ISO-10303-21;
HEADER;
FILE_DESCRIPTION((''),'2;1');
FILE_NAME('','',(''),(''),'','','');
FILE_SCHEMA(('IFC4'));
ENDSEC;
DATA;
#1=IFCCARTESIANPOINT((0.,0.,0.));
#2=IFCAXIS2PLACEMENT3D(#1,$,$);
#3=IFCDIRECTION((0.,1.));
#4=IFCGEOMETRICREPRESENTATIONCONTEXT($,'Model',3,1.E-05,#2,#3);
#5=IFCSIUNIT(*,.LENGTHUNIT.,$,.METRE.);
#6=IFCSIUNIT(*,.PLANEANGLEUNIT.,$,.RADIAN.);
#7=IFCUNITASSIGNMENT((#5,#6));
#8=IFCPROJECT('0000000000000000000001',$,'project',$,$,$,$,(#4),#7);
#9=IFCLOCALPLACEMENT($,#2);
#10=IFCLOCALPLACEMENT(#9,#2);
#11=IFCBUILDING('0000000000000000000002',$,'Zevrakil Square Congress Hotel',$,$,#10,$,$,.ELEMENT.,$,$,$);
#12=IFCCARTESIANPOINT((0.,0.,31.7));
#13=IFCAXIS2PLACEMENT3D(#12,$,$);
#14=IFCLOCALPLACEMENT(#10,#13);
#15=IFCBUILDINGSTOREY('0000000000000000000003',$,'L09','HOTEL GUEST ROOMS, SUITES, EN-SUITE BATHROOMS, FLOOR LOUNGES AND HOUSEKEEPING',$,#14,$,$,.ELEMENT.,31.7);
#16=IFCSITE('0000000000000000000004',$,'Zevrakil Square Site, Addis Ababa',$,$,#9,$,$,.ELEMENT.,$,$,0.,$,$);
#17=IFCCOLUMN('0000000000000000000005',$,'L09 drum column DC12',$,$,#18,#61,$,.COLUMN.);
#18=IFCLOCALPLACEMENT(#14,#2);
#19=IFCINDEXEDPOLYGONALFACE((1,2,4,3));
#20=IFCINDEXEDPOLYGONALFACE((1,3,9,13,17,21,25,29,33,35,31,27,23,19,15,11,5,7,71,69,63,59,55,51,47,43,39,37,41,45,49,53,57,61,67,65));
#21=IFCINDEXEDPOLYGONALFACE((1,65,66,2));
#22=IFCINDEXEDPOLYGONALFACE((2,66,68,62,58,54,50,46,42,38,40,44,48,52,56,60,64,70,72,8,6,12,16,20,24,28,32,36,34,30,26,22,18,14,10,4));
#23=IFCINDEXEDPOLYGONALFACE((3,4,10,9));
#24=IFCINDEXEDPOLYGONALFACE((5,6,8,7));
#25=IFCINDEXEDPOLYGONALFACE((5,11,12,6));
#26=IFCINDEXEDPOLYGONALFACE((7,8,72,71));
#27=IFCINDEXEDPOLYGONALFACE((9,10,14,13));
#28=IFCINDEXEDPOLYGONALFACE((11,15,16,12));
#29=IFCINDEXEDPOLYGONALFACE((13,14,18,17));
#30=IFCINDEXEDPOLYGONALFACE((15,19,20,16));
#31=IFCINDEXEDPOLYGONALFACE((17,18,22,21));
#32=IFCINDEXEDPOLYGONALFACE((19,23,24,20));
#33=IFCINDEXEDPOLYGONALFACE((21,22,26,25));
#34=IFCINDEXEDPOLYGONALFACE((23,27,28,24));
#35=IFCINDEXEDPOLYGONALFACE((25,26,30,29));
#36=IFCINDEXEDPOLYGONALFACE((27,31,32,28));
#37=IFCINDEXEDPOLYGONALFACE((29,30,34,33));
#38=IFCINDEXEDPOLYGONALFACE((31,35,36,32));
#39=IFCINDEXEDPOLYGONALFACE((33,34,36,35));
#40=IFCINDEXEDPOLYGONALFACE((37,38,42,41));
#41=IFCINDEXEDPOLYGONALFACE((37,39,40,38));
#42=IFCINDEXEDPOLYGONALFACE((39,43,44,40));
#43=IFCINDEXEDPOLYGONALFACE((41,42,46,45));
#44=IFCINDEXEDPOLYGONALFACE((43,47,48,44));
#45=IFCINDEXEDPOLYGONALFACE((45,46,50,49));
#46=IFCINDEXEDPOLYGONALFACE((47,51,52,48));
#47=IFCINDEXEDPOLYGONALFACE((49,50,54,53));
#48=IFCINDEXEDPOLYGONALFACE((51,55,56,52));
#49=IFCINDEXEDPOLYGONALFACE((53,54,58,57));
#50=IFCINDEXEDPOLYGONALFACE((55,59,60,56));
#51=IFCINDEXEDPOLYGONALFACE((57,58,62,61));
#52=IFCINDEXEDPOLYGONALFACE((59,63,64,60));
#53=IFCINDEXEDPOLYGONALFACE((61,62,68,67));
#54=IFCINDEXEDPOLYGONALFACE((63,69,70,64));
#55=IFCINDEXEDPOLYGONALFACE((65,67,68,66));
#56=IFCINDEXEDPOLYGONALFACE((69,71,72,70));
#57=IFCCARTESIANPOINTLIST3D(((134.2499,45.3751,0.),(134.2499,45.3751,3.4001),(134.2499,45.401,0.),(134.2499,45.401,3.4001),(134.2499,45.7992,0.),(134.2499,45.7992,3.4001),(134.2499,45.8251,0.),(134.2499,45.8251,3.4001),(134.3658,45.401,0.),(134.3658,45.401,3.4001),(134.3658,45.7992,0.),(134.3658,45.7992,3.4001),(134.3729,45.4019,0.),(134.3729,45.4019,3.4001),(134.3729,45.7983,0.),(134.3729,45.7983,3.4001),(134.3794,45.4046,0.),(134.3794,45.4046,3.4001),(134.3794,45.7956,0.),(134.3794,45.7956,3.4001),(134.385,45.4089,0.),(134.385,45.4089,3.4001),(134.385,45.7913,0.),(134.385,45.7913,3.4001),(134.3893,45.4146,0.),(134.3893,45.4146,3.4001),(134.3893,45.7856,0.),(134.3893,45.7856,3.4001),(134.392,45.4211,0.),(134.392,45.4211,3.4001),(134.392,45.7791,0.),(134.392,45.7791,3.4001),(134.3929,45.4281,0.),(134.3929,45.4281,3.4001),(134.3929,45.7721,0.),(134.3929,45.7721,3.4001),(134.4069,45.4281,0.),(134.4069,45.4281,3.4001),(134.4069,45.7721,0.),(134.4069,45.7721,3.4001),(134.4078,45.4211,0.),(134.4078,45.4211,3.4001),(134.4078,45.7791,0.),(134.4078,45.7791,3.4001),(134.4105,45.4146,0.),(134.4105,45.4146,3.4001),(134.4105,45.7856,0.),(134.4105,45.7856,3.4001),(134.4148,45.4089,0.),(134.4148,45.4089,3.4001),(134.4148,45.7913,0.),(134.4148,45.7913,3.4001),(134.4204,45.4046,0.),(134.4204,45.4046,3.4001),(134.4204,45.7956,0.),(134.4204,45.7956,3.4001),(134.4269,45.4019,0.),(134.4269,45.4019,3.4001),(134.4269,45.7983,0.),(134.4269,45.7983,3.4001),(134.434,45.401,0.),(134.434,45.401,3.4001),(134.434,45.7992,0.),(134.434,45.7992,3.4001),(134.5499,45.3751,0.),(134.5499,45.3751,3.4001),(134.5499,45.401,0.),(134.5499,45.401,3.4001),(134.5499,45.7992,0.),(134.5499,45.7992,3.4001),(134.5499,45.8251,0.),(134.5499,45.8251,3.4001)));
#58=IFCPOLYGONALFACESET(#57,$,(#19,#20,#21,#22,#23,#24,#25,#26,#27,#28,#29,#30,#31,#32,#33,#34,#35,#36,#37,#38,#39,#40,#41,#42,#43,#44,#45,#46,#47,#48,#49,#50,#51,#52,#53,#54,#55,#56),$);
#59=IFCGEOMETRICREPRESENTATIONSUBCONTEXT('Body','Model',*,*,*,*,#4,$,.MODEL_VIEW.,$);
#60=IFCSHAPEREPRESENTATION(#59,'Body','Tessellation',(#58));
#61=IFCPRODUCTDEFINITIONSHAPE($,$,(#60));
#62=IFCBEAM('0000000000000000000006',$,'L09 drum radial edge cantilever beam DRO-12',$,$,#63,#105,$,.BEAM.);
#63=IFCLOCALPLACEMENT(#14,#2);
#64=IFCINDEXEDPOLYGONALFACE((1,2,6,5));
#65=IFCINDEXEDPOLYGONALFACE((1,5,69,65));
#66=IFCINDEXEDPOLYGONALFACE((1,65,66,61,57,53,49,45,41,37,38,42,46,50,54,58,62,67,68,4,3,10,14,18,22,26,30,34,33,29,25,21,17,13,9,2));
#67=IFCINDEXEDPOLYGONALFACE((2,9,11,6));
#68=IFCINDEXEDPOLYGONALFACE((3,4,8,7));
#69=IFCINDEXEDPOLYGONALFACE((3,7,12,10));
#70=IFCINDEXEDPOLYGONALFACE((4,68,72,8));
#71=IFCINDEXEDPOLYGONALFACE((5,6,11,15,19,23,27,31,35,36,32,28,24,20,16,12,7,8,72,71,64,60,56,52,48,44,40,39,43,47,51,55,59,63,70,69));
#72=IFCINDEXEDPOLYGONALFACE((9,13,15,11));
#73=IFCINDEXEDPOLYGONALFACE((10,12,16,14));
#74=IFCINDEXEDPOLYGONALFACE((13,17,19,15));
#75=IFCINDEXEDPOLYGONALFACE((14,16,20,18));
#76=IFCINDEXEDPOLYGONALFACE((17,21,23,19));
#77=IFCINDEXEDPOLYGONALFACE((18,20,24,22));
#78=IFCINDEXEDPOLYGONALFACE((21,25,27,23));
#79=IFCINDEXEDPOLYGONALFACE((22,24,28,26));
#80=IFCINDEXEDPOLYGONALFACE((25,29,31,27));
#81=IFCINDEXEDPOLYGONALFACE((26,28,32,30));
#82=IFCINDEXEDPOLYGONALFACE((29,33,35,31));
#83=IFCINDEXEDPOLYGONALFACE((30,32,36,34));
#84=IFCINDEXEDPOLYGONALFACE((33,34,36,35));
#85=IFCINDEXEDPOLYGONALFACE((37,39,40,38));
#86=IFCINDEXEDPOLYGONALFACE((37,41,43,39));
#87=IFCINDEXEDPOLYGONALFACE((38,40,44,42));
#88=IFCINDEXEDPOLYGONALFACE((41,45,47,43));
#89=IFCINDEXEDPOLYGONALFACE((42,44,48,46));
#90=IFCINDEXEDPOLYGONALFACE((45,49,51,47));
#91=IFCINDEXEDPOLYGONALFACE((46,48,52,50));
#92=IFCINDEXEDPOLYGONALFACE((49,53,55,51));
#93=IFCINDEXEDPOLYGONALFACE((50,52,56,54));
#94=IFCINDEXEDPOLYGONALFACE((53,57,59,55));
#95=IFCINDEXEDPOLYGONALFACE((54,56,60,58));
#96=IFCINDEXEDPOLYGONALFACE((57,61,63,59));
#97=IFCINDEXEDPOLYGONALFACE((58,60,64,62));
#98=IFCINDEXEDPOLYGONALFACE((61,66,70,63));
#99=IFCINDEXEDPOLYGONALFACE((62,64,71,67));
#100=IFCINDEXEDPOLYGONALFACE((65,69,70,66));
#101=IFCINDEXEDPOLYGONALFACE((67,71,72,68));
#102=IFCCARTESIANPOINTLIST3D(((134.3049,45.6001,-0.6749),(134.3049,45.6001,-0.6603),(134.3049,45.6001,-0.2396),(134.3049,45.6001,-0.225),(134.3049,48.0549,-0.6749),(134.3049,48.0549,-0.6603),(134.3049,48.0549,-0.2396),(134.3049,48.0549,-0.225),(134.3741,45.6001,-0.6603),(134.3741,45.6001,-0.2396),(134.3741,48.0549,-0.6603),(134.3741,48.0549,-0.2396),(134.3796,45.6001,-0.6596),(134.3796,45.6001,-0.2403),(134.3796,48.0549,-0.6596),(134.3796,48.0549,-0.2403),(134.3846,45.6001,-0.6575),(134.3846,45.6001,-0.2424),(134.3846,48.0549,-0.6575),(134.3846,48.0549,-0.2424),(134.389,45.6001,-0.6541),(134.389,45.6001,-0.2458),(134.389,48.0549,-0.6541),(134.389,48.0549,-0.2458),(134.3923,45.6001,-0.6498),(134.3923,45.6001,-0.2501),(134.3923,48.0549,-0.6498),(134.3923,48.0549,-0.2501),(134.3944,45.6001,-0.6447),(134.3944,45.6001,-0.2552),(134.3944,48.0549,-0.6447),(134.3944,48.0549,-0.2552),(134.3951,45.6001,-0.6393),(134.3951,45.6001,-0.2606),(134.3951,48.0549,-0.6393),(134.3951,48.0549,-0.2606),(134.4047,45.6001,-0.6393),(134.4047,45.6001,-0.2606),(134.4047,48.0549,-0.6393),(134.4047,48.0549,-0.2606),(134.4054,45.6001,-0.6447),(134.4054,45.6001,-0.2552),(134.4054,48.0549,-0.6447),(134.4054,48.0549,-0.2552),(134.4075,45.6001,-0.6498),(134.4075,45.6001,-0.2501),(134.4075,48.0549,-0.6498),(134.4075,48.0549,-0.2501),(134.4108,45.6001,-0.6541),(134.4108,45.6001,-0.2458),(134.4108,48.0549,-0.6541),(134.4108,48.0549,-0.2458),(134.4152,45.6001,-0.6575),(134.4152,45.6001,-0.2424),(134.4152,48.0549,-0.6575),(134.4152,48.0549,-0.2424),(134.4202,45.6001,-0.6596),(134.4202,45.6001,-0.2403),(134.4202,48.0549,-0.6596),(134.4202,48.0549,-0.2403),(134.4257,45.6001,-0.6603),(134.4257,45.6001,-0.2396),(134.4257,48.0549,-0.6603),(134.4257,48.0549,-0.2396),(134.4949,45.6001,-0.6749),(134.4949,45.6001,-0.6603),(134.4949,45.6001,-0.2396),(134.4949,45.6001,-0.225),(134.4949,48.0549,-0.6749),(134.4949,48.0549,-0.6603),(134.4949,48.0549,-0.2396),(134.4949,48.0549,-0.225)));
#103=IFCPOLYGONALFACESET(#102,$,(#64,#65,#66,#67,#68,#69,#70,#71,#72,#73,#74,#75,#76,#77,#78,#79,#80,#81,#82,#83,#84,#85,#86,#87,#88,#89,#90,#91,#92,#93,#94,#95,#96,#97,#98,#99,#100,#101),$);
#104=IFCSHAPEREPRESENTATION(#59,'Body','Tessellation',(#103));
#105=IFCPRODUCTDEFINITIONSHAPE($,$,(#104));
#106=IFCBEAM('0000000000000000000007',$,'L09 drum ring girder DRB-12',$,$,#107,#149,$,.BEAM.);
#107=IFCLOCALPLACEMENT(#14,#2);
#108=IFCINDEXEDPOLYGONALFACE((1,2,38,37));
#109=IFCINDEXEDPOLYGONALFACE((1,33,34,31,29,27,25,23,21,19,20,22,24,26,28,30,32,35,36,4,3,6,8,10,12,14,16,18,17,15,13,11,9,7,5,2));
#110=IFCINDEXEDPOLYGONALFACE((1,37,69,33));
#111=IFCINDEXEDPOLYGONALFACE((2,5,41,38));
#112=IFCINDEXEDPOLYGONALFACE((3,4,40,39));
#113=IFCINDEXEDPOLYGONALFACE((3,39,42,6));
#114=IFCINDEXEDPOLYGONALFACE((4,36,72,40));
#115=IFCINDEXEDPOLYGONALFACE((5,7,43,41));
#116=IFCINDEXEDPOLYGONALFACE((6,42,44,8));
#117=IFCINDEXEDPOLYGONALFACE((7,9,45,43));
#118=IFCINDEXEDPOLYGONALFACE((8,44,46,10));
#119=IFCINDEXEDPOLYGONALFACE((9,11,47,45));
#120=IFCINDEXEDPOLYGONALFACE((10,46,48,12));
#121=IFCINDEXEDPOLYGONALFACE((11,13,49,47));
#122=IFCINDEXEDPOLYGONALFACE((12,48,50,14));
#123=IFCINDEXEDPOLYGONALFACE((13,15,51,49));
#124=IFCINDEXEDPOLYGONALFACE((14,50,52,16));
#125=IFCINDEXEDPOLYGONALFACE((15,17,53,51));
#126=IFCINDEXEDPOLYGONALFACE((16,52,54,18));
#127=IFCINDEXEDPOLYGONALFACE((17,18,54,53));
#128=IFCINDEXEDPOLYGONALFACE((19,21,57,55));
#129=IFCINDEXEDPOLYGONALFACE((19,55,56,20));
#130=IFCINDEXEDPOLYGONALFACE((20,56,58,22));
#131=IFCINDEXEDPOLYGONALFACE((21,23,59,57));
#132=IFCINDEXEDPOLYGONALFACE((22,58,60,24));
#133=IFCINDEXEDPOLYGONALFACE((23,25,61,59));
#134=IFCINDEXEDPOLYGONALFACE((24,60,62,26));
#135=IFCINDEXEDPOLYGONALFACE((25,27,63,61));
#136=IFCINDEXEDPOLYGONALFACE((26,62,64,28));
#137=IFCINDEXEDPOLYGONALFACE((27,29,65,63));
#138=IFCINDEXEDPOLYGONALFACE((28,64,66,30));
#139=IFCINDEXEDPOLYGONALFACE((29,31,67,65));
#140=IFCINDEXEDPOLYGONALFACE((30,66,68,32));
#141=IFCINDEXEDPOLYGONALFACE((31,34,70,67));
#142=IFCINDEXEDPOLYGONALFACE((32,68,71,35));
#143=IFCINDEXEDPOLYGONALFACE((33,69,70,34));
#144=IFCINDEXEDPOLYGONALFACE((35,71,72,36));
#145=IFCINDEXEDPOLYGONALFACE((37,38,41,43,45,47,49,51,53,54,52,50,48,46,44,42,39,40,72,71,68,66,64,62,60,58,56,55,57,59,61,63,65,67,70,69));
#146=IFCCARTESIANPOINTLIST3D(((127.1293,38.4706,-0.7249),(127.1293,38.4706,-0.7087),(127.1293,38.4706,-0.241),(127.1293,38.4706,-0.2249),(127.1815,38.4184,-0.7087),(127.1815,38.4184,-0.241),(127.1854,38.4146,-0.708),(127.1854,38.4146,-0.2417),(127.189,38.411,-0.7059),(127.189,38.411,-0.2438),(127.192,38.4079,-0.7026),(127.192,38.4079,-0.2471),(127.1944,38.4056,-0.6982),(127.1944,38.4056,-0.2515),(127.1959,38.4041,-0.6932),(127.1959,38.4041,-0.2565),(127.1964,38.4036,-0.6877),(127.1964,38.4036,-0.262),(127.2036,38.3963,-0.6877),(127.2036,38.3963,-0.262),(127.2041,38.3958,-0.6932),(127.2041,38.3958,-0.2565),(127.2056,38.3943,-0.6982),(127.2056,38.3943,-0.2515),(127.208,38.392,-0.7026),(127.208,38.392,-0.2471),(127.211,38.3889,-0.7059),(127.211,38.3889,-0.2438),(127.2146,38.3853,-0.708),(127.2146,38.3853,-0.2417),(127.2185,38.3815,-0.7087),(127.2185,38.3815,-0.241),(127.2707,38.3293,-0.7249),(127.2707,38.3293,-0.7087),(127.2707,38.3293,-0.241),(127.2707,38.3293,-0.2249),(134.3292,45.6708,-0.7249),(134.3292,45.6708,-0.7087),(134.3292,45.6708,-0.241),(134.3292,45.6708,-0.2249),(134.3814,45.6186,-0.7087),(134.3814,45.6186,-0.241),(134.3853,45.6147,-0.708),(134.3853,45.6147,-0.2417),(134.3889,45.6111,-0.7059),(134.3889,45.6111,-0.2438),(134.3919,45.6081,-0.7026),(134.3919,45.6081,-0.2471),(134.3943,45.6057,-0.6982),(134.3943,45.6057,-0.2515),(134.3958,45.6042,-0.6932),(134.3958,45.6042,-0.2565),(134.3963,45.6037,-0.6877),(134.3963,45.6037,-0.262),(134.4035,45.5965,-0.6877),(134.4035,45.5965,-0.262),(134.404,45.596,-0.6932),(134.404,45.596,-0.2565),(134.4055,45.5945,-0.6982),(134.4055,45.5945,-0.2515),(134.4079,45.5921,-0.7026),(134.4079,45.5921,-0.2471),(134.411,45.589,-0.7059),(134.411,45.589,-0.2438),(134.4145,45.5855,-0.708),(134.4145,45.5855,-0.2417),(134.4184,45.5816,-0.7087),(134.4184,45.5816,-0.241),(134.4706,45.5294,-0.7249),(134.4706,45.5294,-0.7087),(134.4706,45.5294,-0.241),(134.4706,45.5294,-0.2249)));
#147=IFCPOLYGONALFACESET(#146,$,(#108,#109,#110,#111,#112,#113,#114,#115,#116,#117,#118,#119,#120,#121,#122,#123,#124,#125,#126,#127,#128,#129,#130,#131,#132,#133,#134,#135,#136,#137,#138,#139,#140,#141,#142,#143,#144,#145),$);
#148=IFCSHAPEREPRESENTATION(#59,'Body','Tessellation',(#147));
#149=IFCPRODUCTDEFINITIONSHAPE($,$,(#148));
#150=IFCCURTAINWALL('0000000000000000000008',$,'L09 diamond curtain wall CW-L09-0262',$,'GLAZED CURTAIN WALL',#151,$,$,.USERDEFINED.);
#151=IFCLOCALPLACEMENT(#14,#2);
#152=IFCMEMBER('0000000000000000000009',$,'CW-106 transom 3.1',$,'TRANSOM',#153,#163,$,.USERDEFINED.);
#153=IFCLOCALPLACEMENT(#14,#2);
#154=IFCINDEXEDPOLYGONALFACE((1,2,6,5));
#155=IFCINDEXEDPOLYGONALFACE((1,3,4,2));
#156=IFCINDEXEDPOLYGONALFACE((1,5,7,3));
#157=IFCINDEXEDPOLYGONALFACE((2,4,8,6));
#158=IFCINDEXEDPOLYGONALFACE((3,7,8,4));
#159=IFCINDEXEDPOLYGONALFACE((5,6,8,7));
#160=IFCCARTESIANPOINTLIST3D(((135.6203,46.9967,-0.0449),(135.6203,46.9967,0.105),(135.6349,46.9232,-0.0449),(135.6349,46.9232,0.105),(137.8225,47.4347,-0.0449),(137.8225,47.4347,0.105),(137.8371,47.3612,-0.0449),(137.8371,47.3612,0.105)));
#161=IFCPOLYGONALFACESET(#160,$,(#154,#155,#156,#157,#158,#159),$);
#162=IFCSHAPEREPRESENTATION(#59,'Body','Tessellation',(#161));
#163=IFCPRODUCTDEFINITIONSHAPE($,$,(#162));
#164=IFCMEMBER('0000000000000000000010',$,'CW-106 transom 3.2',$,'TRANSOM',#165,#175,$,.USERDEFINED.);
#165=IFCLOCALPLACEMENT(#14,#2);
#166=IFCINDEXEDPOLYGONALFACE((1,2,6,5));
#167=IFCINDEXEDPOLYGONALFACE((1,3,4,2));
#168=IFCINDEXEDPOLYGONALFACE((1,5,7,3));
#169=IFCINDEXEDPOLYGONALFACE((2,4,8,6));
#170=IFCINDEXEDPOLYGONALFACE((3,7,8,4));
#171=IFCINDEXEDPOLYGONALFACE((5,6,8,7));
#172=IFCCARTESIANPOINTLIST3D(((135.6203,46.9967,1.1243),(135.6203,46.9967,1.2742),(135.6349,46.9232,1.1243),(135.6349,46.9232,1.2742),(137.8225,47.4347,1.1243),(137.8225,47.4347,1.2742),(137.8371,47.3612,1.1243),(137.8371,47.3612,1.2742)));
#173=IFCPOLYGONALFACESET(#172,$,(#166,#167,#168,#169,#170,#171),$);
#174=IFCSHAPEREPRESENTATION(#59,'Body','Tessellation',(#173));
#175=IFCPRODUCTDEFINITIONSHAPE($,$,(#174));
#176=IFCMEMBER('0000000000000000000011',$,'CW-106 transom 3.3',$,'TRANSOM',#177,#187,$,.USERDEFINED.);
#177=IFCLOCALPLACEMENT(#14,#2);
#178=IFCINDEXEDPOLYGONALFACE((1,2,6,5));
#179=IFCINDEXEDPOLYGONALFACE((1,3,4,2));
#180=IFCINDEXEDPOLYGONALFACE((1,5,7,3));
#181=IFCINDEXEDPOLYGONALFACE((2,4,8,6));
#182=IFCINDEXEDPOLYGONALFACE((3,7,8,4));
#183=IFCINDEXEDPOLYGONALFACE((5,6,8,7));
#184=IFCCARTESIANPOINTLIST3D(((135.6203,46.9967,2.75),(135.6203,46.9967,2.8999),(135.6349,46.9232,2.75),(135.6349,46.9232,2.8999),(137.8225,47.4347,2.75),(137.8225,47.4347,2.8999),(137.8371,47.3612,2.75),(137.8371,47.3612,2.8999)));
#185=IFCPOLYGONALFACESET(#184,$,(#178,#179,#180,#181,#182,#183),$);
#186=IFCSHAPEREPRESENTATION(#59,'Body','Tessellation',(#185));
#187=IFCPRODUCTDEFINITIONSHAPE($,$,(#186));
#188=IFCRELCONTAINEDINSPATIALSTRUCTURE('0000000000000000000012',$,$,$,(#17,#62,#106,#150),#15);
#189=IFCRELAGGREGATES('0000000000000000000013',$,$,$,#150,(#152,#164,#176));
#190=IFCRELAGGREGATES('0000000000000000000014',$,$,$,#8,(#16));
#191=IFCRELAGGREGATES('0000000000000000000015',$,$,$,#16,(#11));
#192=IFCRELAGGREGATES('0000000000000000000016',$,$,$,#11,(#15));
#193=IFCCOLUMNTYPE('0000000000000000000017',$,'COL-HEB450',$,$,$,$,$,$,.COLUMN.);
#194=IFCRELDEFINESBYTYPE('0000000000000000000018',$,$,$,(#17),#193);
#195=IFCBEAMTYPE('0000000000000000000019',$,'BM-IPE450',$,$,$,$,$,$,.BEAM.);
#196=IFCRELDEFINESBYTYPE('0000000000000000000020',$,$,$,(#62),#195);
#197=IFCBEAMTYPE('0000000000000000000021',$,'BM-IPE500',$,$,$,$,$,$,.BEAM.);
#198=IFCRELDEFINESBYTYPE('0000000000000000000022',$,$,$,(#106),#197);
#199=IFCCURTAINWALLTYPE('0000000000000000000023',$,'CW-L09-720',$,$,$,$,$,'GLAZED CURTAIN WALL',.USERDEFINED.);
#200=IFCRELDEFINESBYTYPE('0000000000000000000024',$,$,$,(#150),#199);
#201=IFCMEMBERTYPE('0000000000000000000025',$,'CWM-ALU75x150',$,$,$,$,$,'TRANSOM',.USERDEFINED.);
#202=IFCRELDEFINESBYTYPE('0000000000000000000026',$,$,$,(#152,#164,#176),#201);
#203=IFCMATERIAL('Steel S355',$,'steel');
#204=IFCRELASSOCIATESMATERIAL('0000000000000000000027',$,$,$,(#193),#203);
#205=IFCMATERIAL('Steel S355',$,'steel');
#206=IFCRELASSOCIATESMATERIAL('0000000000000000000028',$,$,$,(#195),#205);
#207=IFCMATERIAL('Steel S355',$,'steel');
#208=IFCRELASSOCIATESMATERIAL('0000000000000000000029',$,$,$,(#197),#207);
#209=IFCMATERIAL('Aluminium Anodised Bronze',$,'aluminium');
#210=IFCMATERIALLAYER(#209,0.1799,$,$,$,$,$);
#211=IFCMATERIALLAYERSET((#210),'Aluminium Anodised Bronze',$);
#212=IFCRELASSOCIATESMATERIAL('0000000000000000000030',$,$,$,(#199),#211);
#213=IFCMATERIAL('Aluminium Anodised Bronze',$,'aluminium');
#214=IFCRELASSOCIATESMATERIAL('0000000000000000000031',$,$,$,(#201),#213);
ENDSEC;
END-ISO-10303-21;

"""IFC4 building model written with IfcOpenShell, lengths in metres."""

from ifc_helpers import new_model, si_unit, direction, frame, origin, origin_2d, place, context, subcontext, project, spatial, rectangle, i_section, extrude, material, layer, layer_set, material_profile, profile_set, type_object, element, aggregate, save


model = new_model("IFC4")

# Units and contexts
model_context = context("Model", 3, precision=1e-05, world=origin(), true_north=direction((0.0, 1.0)))
body_context = subcontext(model_context, "Body", "Model", "MODEL_VIEW")
ifc_project = project(units=[si_unit("LENGTHUNIT", "METRE"), si_unit("PLANEANGLEUNIT", "RADIAN")], contexts=[model_context])

# Site, building, storey
site_placement = place(None, origin())
site = spatial("IfcSite", under=ifc_project, at=site_placement, Name="Zevrakil Square Site, Addis Ababa", CompositionType="ELEMENT", RefElevation=0.0)
building_placement = place(site_placement, origin())
building = spatial("IfcBuilding", under=site, at=building_placement, Name="Zevrakil Square Congress Hotel", CompositionType="ELEMENT")
storey_placement = place(building_placement, frame((0.0, 0.0, 31.7)))
storey = spatial("IfcBuildingStorey", under=building, at=storey_placement, Name="L09", Description="HOTEL GUEST ROOMS, SUITES, EN-SUITE BATHROOMS, FLOOR LOUNGES AND HOUSEKEEPING", CompositionType="ELEMENT", Elevation=31.7)

# Column
ifc_material_1 = material(Name="Steel S355", Category="steel")
ifc_material_profile_1 = material_profile(ifc_material_1, i_section(OverallWidth=0.3, OverallDepth=0.45, WebThickness=0.0139, FlangeThickness=0.0259, FilletRadius=0.0271, at=origin_2d()), Name="HEB 450")
ifc_profile_set_1 = profile_set([ifc_material_profile_1], Name="Steel S355")
column_type = type_object("IfcColumnType", Name="COL-HEB450", PredefinedType="COLUMN", material=ifc_profile_set_1)
column_placement = place(storey_placement, frame((134.3999, 45.6001, 0.0), z_axis=(0.0, 0.0, 1.0), x_axis=(1.0, 0.0, 0.0)))
element("IfcColumn", 1, at=column_placement, inside=storey, type_object=column_type, Name="L09 drum column DC12", PredefinedType="COLUMN", context=body_context, shape_type="SweptSolid", body=[
    extrude(i_section(OverallWidth=0.3, OverallDepth=0.45, WebThickness=0.0139, FlangeThickness=0.0259, FilletRadius=0.0271, at=origin_2d()), origin(), (0.0, 0.0, 1.0), 3.4001),
])

# Beams
ifc_material_2 = material(Name="Steel S355", Category="steel")
ifc_material_profile_2 = material_profile(ifc_material_2, i_section(OverallWidth=0.1899, OverallDepth=0.45, WebThickness=0.0095, FlangeThickness=0.0146, FilletRadius=0.021, at=origin_2d()), Name="IPE 450")
ifc_profile_set_2 = profile_set([ifc_material_profile_2], Name="Steel S355")
beam_type_1 = type_object("IfcBeamType", Name="BM-IPE450", PredefinedType="BEAM", material=ifc_profile_set_2)
beam_1_placement = place(storey_placement, frame((134.3999, 45.6001, -0.45), z_axis=(0.0, 1.0, 0.0), x_axis=(-1.0, 0.0, 0.0)))
element("IfcBeam", 2, at=beam_1_placement, inside=storey, type_object=beam_type_1, Name="L09 drum radial edge cantilever beam DRO-12", PredefinedType="BEAM", context=body_context, shape_type="SweptSolid", body=[
    extrude(i_section(OverallWidth=0.1899, OverallDepth=0.45, WebThickness=0.0095, FlangeThickness=0.0146, FilletRadius=0.021, at=origin_2d()), origin(), (0.0, 0.0, 1.0), 2.4548),
])
ifc_material_3 = material(Name="Steel S355", Category="steel")
ifc_material_profile_3 = material_profile(ifc_material_3, i_section(OverallWidth=0.2, OverallDepth=0.5, WebThickness=0.0103, FlangeThickness=0.0161, FilletRadius=0.021, at=origin_2d()), Name="IPE 500")
ifc_profile_set_3 = profile_set([ifc_material_profile_3], Name="Steel S355")
beam_type_2 = type_object("IfcBeamType", Name="BM-IPE500", PredefinedType="BEAM", material=ifc_profile_set_3)
beam_2_placement = place(storey_placement, frame((134.3999, 45.6001, -0.4749), z_axis=(-0.707095, -0.707119, 0.0), x_axis=(0.707119, -0.707095, 0.0)))
element("IfcBeam", 3, at=beam_2_placement, inside=storey, type_object=beam_type_2, Name="L09 drum ring girder DRB-12", PredefinedType="BEAM", context=body_context, shape_type="SweptSolid", body=[
    extrude(i_section(OverallWidth=0.2, OverallDepth=0.5, WebThickness=0.0103, FlangeThickness=0.0161, FilletRadius=0.021, at=origin_2d()), origin(), (0.0, 0.0, 1.0), 10.1824),
])

# Curtain wall, members
ifc_material_4 = material(Name="Aluminium Anodised Bronze", Category="aluminium")
ifc_layer_1 = layer(ifc_material_4, 0.1799)
ifc_layer_set_1 = layer_set([ifc_layer_1], Name="Aluminium Anodised Bronze")
curtain_wall_type = type_object("IfcCurtainWallType", Name="CW-L09-720", ElementType="GLAZED CURTAIN WALL", PredefinedType="USERDEFINED", material=ifc_layer_set_1)
curtain_wall_1_placement = place(storey_placement, origin())
curtain_wall_1 = element("IfcCurtainWall", 4, at=curtain_wall_1_placement, inside=storey, type_object=curtain_wall_type, Name="L09 diamond curtain wall CW-L09-0262", ObjectType="GLAZED CURTAIN WALL", PredefinedType="USERDEFINED")
ifc_material_5 = material(Name="Aluminium Anodised Bronze", Category="aluminium")
ifc_material_profile_4 = material_profile(ifc_material_5, rectangle(XDim=0.075, YDim=0.1499, at=origin_2d()), Name="ALU 75x150")
ifc_profile_set_4 = profile_set([ifc_material_profile_4], Name="Aluminium Anodised Bronze")
member_type_1 = type_object("IfcMemberType", Name="CWM-ALU75x150", ElementType="TRANSOM", PredefinedType="USERDEFINED", material=ifc_profile_set_4)
member_1_placement = place(storey_placement, frame((137.8298, 47.3979, 0.03), z_axis=(-0.980789, -0.19507, 0.0), x_axis=(0.19507, -0.980789, 0.0)))
member_1 = element("IfcMember", 5, at=member_1_placement, type_object=member_type_1, Name="CW-106 transom 3.1", ObjectType="TRANSOM", PredefinedType="USERDEFINED", context=body_context, shape_type="SweptSolid", body=[
    extrude(rectangle(XDim=0.075, YDim=0.1499, at=origin_2d()), origin(), (0.0, 0.0, 1.0), 2.2454),
])
member_2_placement = place(storey_placement, frame((137.8298, 47.3979, 1.1992), z_axis=(-0.980789, -0.19507, 0.0), x_axis=(0.19507, -0.980789, 0.0)))
member_2 = element("IfcMember", 6, at=member_2_placement, type_object=member_type_1, Name="CW-106 transom 3.2", ObjectType="TRANSOM", PredefinedType="USERDEFINED", context=body_context, shape_type="SweptSolid", body=[
    extrude(rectangle(XDim=0.075, YDim=0.1499, at=origin_2d()), origin(), (0.0, 0.0, 1.0), 2.2454),
])
member_3_placement = place(storey_placement, frame((137.8298, 47.3979, 2.825), z_axis=(-0.980789, -0.19507, 0.0), x_axis=(0.19507, -0.980789, 0.0)))
member_3 = element("IfcMember", 7, at=member_3_placement, type_object=member_type_1, Name="CW-106 transom 3.3", ObjectType="TRANSOM", PredefinedType="USERDEFINED", context=body_context, shape_type="SweptSolid", body=[
    extrude(rectangle(XDim=0.075, YDim=0.1499, at=origin_2d()), origin(), (0.0, 0.0, 1.0), 2.2454),
])

aggregate(curtain_wall_1, [member_1, member_2, member_3])

save(model, "model.ifc")
